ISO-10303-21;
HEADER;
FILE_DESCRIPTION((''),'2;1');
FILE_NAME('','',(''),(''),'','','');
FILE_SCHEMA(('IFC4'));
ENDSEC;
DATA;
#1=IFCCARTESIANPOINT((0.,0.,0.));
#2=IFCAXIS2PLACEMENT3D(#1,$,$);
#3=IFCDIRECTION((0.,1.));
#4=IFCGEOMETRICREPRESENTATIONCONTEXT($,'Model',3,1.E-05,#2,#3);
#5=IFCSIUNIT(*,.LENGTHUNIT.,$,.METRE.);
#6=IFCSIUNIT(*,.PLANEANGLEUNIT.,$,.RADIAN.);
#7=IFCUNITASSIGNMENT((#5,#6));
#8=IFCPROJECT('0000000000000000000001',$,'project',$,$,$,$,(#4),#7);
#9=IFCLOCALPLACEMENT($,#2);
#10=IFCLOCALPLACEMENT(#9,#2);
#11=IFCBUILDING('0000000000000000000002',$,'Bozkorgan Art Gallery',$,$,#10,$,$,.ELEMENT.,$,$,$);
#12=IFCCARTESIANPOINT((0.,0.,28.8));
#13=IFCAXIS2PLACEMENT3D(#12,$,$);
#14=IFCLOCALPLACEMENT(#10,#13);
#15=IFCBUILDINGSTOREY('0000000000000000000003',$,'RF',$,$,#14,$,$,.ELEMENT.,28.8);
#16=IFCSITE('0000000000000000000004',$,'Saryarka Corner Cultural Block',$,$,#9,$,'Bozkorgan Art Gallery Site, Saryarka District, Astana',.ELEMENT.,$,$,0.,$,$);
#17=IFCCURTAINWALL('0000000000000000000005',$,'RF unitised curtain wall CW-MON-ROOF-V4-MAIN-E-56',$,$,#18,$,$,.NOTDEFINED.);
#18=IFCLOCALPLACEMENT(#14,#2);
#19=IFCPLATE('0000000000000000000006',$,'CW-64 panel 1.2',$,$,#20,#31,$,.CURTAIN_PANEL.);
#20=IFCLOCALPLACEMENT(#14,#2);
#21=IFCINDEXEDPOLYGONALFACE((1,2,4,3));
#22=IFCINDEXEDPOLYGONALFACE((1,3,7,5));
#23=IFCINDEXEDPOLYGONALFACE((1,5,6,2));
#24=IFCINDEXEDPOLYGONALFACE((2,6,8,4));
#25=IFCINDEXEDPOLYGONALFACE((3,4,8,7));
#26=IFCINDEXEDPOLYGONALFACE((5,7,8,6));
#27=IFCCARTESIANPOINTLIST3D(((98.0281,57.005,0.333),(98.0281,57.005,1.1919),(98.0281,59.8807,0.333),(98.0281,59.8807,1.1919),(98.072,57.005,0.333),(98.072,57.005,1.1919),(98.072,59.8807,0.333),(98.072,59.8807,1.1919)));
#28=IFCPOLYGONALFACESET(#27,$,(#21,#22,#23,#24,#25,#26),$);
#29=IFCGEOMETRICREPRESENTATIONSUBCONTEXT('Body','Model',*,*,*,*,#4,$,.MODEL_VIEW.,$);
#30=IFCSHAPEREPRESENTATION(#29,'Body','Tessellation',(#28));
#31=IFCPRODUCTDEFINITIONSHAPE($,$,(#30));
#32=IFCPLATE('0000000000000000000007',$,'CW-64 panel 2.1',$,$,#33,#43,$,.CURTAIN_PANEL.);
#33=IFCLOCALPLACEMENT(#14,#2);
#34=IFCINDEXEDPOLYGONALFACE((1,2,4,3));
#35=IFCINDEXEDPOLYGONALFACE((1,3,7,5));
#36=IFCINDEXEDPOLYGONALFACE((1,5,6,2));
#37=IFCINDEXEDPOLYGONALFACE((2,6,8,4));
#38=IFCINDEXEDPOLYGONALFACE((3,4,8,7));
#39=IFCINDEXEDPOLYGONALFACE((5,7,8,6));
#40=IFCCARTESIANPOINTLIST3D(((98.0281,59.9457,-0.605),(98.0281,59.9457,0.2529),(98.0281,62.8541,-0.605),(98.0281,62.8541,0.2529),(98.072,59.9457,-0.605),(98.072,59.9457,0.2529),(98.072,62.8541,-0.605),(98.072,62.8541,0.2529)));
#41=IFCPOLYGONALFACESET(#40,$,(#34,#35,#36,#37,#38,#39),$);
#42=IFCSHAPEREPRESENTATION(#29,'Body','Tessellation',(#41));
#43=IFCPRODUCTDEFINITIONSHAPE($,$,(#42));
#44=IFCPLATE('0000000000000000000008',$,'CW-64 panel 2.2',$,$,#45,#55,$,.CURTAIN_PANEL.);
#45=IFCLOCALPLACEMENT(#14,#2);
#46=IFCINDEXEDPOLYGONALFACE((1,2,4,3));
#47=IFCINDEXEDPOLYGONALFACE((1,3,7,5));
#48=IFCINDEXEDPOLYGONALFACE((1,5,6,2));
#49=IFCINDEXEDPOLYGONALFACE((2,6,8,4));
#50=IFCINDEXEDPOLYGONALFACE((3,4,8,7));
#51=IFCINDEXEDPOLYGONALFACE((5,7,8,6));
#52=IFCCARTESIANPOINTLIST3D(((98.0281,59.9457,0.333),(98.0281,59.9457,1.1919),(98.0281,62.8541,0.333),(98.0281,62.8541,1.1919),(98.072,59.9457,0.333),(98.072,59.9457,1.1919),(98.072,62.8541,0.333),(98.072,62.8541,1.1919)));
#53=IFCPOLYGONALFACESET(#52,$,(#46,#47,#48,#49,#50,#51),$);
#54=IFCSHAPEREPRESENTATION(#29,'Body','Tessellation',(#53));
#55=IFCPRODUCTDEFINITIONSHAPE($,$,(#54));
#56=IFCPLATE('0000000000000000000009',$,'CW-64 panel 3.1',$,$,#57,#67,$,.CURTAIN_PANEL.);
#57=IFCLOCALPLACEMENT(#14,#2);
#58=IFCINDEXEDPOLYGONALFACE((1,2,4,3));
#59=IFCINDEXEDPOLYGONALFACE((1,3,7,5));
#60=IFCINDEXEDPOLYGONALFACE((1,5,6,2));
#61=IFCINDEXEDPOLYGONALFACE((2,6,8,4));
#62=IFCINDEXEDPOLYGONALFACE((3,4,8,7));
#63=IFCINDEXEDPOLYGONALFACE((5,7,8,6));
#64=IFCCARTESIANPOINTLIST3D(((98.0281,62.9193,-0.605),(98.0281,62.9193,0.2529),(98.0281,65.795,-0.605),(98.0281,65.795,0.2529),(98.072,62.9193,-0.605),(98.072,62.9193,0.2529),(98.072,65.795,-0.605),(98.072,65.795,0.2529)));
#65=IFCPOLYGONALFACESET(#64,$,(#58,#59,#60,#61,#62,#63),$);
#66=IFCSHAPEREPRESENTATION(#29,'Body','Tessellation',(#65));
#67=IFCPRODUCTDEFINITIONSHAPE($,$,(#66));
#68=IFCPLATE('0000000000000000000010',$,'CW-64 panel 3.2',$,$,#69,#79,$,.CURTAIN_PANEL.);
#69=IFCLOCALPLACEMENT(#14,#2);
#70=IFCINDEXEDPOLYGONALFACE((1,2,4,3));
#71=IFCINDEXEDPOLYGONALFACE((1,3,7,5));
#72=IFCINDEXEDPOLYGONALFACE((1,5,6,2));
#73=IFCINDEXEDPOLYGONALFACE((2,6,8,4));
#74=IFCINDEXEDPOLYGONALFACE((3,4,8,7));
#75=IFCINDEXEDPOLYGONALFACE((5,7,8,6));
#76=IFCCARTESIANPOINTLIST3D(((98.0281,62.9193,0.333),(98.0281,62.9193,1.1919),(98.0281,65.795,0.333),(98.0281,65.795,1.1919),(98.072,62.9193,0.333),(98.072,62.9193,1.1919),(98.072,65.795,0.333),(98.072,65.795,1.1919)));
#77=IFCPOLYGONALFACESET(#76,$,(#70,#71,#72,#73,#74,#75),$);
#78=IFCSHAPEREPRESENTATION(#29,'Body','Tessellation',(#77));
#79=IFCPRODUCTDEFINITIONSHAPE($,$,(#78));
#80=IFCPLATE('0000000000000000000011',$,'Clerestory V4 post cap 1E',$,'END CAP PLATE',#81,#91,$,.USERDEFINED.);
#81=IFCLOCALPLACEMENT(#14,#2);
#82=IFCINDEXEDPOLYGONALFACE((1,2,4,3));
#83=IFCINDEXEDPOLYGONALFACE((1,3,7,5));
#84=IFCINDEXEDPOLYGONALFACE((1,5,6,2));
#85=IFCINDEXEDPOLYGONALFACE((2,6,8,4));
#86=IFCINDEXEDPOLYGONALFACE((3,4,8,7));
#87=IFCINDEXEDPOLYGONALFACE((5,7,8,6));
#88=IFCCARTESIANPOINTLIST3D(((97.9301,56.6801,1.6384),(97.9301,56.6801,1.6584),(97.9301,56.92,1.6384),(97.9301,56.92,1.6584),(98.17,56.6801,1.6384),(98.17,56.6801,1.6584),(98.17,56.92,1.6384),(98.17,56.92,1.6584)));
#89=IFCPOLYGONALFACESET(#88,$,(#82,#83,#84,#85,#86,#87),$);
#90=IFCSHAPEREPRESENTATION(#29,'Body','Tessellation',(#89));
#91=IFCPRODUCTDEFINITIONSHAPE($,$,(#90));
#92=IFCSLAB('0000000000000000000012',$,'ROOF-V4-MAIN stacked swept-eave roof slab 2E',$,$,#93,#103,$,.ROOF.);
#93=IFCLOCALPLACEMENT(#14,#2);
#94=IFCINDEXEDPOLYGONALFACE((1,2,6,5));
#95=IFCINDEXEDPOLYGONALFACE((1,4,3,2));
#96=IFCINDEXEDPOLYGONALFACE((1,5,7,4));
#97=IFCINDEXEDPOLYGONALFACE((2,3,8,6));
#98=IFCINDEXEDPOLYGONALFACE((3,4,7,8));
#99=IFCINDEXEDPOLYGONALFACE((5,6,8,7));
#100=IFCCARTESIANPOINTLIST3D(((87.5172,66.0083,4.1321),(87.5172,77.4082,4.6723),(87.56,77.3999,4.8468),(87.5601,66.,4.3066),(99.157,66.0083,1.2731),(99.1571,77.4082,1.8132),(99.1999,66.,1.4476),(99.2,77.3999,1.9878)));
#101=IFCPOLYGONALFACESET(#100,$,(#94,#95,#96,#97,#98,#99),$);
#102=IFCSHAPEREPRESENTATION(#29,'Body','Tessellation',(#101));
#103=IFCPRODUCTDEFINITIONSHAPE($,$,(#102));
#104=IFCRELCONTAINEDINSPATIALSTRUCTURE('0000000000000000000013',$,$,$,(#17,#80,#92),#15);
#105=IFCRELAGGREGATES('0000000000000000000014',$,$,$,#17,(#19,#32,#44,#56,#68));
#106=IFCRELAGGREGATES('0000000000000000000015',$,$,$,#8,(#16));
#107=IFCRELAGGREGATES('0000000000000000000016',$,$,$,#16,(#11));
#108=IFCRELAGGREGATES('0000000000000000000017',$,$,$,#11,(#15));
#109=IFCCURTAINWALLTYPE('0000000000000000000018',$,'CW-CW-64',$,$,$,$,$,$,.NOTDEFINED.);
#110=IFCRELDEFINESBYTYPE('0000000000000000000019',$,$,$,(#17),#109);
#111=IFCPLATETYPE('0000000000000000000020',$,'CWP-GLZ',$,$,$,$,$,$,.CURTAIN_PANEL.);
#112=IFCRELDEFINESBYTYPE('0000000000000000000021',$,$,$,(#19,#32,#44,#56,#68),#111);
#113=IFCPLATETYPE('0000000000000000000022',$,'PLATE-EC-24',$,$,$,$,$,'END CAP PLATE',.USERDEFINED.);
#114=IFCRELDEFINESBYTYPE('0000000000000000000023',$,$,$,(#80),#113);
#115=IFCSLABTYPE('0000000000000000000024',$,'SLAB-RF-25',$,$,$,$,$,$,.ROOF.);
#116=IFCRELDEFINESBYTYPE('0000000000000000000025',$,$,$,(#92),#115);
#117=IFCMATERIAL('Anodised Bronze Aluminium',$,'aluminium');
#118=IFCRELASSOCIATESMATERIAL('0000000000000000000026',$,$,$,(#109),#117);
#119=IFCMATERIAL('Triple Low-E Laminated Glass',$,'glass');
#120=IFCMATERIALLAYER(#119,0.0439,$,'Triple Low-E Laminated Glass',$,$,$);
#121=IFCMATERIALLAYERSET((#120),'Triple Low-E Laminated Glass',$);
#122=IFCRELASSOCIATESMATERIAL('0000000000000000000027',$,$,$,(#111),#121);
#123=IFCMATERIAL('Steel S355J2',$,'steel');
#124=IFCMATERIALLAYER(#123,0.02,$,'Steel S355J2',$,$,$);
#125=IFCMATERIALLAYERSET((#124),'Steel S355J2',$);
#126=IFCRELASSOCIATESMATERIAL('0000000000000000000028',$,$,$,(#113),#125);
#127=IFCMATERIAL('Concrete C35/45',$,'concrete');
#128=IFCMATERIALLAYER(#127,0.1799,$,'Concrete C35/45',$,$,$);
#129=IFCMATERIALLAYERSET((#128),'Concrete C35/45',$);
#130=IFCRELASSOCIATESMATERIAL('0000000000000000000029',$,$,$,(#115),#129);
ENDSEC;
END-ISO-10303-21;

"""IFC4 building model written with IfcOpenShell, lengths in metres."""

from ifc_helpers import new_model, si_unit, direction, frame, origin, origin_2d, place, context, subcontext, project, spatial, polyline, rectangle, outline, extrude, material, layer, layer_set, type_object, element, aggregate, save


model = new_model("IFC4")

# Units and contexts
model_context = context("Model", 3, precision=1e-05, world=origin(), true_north=direction((0.0, 1.0)))
body_context = subcontext(model_context, "Body", "Model", "MODEL_VIEW")
ifc_project = project(units=[si_unit("LENGTHUNIT", "METRE"), si_unit("PLANEANGLEUNIT", "RADIAN")], contexts=[model_context])

# Site, building, storey
site_placement = place(None, origin())
site = spatial("IfcSite", under=ifc_project, at=site_placement, Name="Saryarka Corner Cultural Block", LongName="Bozkorgan Art Gallery Site, Saryarka District, Astana", CompositionType="ELEMENT", RefElevation=0.0)
building_placement = place(site_placement, origin())
building = spatial("IfcBuilding", under=site, at=building_placement, Name="Bozkorgan Art Gallery", CompositionType="ELEMENT")
storey_placement = place(building_placement, frame((0.0, 0.0, 28.8)))
storey = spatial("IfcBuildingStorey", under=building, at=storey_placement, Name="RF", CompositionType="ELEMENT", Elevation=28.8)

# Shared definitions
ifc_material_1 = material(Name="Steel S355J2", Category="steel")

# Curtain wall
ifc_material_2 = material(Name="Anodised Bronze Aluminium", Category="aluminium")
curtain_wall_type_1 = type_object("IfcCurtainWallType", Name="CW-CW-64", PredefinedType="NOTDEFINED", material=ifc_material_2)
curtain_wall_1_placement = place(storey_placement, origin())
curtain_wall_1 = element("IfcCurtainWall", 1, at=curtain_wall_1_placement, inside=storey, type_object=curtain_wall_type_1, Name="RF unitised curtain wall CW-MON-ROOF-V4-MAIN-E-56", PredefinedType="NOTDEFINED")

# Plates
ifc_material_3 = material(Name="Triple Low-E Laminated Glass", Category="glass")
ifc_layer_1 = layer(ifc_material_3, 0.0439, Name="Triple Low-E Laminated Glass")
ifc_layer_set_1 = layer_set([ifc_layer_1], Name="Triple Low-E Laminated Glass")
plate_type_1 = type_object("IfcPlateType", Name="CWP-GLZ", PredefinedType="CURTAIN_PANEL", material=ifc_layer_set_1)
plate_1_placement = place(storey_placement, frame((98.05, 58.4429, 0.333), z_axis=(0.0, 0.0, 1.0), x_axis=(0.0, 1.0, 0.0)))
plate_1 = element("IfcPlate", 2, at=plate_1_placement, type_object=plate_type_1, Name="CW-64 panel 1.2", PredefinedType="CURTAIN_PANEL", context=body_context, shape_type="SweptSolid", body=[
    extrude(rectangle(XDim=2.8757, YDim=0.0439, at=origin_2d()), origin(), (0.0, 0.0, 1.0), 0.8589),
])
plate_2_placement = place(storey_placement, frame((98.05, 61.3999, -0.605), z_axis=(0.0, 0.0, 1.0), x_axis=(0.0, 1.0, 0.0)))
plate_2 = element("IfcPlate", 3, at=plate_2_placement, type_object=plate_type_1, Name="CW-64 panel 2.1", PredefinedType="CURTAIN_PANEL", context=body_context, shape_type="SweptSolid", body=[
    extrude(rectangle(XDim=2.9084, YDim=0.0439, at=origin_2d()), origin(), (0.0, 0.0, 1.0), 0.8579),
])
plate_3_placement = place(storey_placement, frame((98.05, 61.3999, 0.333), z_axis=(0.0, 0.0, 1.0), x_axis=(0.0, 1.0, 0.0)))
plate_3 = element("IfcPlate", 4, at=plate_3_placement, type_object=plate_type_1, Name="CW-64 panel 2.2", PredefinedType="CURTAIN_PANEL", context=body_context, shape_type="SweptSolid", body=[
    extrude(rectangle(XDim=2.9084, YDim=0.0439, at=origin_2d()), origin(), (0.0, 0.0, 1.0), 0.8589),
])
plate_4_placement = place(storey_placement, frame((98.05, 64.3572, -0.605), z_axis=(0.0, 0.0, 1.0), x_axis=(0.0, 1.0, 0.0)))
plate_4 = element("IfcPlate", 5, at=plate_4_placement, type_object=plate_type_1, Name="CW-64 panel 3.1", PredefinedType="CURTAIN_PANEL", context=body_context, shape_type="SweptSolid", body=[
    extrude(rectangle(XDim=2.8757, YDim=0.0439, at=origin_2d()), origin(), (0.0, 0.0, 1.0), 0.8579),
])
plate_5_placement = place(storey_placement, frame((98.05, 64.3572, 0.333), z_axis=(0.0, 0.0, 1.0), x_axis=(0.0, 1.0, 0.0)))
plate_5 = element("IfcPlate", 6, at=plate_5_placement, type_object=plate_type_1, Name="CW-64 panel 3.2", PredefinedType="CURTAIN_PANEL", context=body_context, shape_type="SweptSolid", body=[
    extrude(rectangle(XDim=2.8757, YDim=0.0439, at=origin_2d()), origin(), (0.0, 0.0, 1.0), 0.8589),
])
aggregate(curtain_wall_1, [plate_1, plate_2, plate_3, plate_4, plate_5])
ifc_layer_2 = layer(ifc_material_1, 0.02, Name="Steel S355J2")
ifc_layer_set_2 = layer_set([ifc_layer_2], Name="Steel S355J2")
plate_type_2 = type_object("IfcPlateType", Name="PLATE-EC-24", ElementType="END CAP PLATE", PredefinedType="USERDEFINED", material=ifc_layer_set_2)
plate_6_placement = place(storey_placement, frame((98.05, 56.8, 1.6384), z_axis=(0.0, 0.0, 1.0), x_axis=(1.0, 0.0, 0.0)))
element("IfcPlate", 7, at=plate_6_placement, inside=storey, type_object=plate_type_2, Name="Clerestory V4 post cap 1E", ObjectType="END CAP PLATE", PredefinedType="USERDEFINED", context=body_context, shape_type="SweptSolid", body=[
    extrude(rectangle(XDim=0.24, YDim=0.24, at=origin_2d()), origin(), (0.0, 0.0, 1.0), 0.02),
])

# Slab
ifc_material_4 = material(Name="Concrete C35/45", Category="concrete")
ifc_layer_3 = layer(ifc_material_4, 0.1799, Name="Concrete C35/45")
ifc_layer_set_3 = layer_set([ifc_layer_3], Name="Concrete C35/45")
slab_type = type_object("IfcSlabType", Name="SLAB-RF-25", PredefinedType="ROOF", material=ifc_layer_set_3)
slab_placement = place(storey_placement, frame((87.5601, 66.0, 4.3066), z_axis=(0.23828, -0.045967, 0.970108), x_axis=(0.971135, 0.0, -0.238532)))
element("IfcSlab", 8, at=slab_placement, inside=storey, type_object=slab_type, Name="ROOF-V4-MAIN stacked swept-eave roof slab 2E", PredefinedType="ROOF", context=body_context, shape_type="SweptSolid", body=[
    extrude(outline(polyline([(0.0, 0.0), (11.9858, 0.0), (11.857, 11.412), (-0.1289, 11.412), (0.0, 0.0)])), origin(), (0.0, 0.0, -1.0), 0.1799),
])

save(model, "model.ifc")
